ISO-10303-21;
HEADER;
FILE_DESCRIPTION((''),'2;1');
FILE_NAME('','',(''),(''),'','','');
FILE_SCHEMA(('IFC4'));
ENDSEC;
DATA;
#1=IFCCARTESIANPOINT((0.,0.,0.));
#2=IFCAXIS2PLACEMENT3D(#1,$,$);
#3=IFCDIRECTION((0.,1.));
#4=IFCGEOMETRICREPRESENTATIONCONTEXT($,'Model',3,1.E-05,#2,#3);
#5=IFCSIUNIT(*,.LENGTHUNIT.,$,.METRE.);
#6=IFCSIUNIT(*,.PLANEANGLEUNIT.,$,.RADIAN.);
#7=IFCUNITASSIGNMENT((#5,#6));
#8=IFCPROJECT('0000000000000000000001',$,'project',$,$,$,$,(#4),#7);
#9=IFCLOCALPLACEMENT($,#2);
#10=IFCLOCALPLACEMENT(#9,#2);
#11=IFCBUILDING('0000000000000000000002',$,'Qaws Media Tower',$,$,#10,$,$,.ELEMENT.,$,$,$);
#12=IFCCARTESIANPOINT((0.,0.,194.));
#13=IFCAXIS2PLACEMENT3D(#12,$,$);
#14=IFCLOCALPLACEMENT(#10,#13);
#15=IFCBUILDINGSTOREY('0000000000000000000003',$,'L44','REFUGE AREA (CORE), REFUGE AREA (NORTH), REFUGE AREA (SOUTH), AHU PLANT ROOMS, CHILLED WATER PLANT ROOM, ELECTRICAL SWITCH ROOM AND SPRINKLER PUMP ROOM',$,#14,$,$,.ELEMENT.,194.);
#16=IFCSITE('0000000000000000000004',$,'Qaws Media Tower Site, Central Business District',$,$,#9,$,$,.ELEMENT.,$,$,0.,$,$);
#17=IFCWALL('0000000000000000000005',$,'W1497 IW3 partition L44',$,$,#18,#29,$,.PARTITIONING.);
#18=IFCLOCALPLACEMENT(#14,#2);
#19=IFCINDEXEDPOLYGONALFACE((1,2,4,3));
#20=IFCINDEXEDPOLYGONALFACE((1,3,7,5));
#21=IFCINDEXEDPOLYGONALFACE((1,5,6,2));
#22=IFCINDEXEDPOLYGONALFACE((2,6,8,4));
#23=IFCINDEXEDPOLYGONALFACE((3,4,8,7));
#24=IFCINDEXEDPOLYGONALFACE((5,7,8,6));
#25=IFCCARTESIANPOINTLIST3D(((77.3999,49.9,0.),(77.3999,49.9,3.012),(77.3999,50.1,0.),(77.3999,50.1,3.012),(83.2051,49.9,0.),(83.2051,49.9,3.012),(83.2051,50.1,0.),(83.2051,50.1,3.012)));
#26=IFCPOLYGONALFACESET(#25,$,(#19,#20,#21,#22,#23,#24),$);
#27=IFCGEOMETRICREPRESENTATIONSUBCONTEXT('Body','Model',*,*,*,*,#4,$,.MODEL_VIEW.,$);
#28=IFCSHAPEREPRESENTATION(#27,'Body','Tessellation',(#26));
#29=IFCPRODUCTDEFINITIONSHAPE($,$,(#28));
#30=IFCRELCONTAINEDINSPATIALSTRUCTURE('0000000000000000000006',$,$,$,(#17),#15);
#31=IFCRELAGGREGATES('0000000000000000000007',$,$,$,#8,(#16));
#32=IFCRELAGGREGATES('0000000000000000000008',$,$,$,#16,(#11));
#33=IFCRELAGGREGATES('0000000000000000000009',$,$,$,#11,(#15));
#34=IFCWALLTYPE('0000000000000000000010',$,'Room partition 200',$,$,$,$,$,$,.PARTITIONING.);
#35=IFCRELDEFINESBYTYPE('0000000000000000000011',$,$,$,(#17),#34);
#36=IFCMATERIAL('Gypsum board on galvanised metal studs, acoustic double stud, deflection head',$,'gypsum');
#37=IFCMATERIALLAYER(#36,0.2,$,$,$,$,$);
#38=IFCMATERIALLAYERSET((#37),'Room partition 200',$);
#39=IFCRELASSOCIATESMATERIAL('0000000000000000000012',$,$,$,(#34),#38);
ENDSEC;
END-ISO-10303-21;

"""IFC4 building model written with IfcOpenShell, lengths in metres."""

from ifc_helpers import new_model, si_unit, direction, frame, frame_2d, origin, place, context, subcontext, project, spatial, rectangle, extrude, material, layer, layer_set, type_object, element, save


model = new_model("IFC4")

# Units and contexts
model_context = context("Model", 3, precision=1e-05, world=origin(), true_north=direction((0.0, 1.0)))
body_context = subcontext(model_context, "Body", "Model", "MODEL_VIEW")
ifc_project = project(units=[si_unit("LENGTHUNIT", "METRE"), si_unit("PLANEANGLEUNIT", "RADIAN")], contexts=[model_context])

# Site, building, storey
site_placement = place(None, origin())
site = spatial("IfcSite", under=ifc_project, at=site_placement, Name="Qaws Media Tower Site, Central Business District", CompositionType="ELEMENT", RefElevation=0.0)
building_placement = place(site_placement, origin())
building = spatial("IfcBuilding", under=site, at=building_placement, Name="Qaws Media Tower", CompositionType="ELEMENT")
storey_placement = place(building_placement, frame((0.0, 0.0, 194.0)))
storey = spatial("IfcBuildingStorey", under=building, at=storey_placement, Name="L44", Description="REFUGE AREA (CORE), REFUGE AREA (NORTH), REFUGE AREA (SOUTH), AHU PLANT ROOMS, CHILLED WATER PLANT ROOM, ELECTRICAL SWITCH ROOM AND SPRINKLER PUMP ROOM", CompositionType="ELEMENT", Elevation=194.0)

# Shared definitions
ifc_material_1 = material(Name="Gypsum board on galvanised metal studs, acoustic double stud, deflection head", Category="gypsum")
ifc_layer_1 = layer(ifc_material_1, 0.2)
ifc_layer_set_1 = layer_set([ifc_layer_1], Name="Room partition 200")
wall_type_1 = type_object("IfcWallType", Name="Room partition 200", PredefinedType="PARTITIONING", material=ifc_layer_set_1)

# Wall
wall_1_placement = place(storey_placement, frame((77.3999, 50.0, 0.0), z_axis=(0.0, 0.0, 1.0), x_axis=(1.0, 0.0, 0.0)))
element("IfcWall", 1, at=wall_1_placement, inside=storey, type_object=wall_type_1, Name="W1497 IW3 partition L44", PredefinedType="PARTITIONING", context=body_context, shape_type="SweptSolid", body=[
    extrude(rectangle(XDim=5.8052, YDim=0.2, at=frame_2d((2.9026, 0.0))), origin(), (0.0, 0.0, 1.0), 3.012),
])

save(model, "model.ifc")
